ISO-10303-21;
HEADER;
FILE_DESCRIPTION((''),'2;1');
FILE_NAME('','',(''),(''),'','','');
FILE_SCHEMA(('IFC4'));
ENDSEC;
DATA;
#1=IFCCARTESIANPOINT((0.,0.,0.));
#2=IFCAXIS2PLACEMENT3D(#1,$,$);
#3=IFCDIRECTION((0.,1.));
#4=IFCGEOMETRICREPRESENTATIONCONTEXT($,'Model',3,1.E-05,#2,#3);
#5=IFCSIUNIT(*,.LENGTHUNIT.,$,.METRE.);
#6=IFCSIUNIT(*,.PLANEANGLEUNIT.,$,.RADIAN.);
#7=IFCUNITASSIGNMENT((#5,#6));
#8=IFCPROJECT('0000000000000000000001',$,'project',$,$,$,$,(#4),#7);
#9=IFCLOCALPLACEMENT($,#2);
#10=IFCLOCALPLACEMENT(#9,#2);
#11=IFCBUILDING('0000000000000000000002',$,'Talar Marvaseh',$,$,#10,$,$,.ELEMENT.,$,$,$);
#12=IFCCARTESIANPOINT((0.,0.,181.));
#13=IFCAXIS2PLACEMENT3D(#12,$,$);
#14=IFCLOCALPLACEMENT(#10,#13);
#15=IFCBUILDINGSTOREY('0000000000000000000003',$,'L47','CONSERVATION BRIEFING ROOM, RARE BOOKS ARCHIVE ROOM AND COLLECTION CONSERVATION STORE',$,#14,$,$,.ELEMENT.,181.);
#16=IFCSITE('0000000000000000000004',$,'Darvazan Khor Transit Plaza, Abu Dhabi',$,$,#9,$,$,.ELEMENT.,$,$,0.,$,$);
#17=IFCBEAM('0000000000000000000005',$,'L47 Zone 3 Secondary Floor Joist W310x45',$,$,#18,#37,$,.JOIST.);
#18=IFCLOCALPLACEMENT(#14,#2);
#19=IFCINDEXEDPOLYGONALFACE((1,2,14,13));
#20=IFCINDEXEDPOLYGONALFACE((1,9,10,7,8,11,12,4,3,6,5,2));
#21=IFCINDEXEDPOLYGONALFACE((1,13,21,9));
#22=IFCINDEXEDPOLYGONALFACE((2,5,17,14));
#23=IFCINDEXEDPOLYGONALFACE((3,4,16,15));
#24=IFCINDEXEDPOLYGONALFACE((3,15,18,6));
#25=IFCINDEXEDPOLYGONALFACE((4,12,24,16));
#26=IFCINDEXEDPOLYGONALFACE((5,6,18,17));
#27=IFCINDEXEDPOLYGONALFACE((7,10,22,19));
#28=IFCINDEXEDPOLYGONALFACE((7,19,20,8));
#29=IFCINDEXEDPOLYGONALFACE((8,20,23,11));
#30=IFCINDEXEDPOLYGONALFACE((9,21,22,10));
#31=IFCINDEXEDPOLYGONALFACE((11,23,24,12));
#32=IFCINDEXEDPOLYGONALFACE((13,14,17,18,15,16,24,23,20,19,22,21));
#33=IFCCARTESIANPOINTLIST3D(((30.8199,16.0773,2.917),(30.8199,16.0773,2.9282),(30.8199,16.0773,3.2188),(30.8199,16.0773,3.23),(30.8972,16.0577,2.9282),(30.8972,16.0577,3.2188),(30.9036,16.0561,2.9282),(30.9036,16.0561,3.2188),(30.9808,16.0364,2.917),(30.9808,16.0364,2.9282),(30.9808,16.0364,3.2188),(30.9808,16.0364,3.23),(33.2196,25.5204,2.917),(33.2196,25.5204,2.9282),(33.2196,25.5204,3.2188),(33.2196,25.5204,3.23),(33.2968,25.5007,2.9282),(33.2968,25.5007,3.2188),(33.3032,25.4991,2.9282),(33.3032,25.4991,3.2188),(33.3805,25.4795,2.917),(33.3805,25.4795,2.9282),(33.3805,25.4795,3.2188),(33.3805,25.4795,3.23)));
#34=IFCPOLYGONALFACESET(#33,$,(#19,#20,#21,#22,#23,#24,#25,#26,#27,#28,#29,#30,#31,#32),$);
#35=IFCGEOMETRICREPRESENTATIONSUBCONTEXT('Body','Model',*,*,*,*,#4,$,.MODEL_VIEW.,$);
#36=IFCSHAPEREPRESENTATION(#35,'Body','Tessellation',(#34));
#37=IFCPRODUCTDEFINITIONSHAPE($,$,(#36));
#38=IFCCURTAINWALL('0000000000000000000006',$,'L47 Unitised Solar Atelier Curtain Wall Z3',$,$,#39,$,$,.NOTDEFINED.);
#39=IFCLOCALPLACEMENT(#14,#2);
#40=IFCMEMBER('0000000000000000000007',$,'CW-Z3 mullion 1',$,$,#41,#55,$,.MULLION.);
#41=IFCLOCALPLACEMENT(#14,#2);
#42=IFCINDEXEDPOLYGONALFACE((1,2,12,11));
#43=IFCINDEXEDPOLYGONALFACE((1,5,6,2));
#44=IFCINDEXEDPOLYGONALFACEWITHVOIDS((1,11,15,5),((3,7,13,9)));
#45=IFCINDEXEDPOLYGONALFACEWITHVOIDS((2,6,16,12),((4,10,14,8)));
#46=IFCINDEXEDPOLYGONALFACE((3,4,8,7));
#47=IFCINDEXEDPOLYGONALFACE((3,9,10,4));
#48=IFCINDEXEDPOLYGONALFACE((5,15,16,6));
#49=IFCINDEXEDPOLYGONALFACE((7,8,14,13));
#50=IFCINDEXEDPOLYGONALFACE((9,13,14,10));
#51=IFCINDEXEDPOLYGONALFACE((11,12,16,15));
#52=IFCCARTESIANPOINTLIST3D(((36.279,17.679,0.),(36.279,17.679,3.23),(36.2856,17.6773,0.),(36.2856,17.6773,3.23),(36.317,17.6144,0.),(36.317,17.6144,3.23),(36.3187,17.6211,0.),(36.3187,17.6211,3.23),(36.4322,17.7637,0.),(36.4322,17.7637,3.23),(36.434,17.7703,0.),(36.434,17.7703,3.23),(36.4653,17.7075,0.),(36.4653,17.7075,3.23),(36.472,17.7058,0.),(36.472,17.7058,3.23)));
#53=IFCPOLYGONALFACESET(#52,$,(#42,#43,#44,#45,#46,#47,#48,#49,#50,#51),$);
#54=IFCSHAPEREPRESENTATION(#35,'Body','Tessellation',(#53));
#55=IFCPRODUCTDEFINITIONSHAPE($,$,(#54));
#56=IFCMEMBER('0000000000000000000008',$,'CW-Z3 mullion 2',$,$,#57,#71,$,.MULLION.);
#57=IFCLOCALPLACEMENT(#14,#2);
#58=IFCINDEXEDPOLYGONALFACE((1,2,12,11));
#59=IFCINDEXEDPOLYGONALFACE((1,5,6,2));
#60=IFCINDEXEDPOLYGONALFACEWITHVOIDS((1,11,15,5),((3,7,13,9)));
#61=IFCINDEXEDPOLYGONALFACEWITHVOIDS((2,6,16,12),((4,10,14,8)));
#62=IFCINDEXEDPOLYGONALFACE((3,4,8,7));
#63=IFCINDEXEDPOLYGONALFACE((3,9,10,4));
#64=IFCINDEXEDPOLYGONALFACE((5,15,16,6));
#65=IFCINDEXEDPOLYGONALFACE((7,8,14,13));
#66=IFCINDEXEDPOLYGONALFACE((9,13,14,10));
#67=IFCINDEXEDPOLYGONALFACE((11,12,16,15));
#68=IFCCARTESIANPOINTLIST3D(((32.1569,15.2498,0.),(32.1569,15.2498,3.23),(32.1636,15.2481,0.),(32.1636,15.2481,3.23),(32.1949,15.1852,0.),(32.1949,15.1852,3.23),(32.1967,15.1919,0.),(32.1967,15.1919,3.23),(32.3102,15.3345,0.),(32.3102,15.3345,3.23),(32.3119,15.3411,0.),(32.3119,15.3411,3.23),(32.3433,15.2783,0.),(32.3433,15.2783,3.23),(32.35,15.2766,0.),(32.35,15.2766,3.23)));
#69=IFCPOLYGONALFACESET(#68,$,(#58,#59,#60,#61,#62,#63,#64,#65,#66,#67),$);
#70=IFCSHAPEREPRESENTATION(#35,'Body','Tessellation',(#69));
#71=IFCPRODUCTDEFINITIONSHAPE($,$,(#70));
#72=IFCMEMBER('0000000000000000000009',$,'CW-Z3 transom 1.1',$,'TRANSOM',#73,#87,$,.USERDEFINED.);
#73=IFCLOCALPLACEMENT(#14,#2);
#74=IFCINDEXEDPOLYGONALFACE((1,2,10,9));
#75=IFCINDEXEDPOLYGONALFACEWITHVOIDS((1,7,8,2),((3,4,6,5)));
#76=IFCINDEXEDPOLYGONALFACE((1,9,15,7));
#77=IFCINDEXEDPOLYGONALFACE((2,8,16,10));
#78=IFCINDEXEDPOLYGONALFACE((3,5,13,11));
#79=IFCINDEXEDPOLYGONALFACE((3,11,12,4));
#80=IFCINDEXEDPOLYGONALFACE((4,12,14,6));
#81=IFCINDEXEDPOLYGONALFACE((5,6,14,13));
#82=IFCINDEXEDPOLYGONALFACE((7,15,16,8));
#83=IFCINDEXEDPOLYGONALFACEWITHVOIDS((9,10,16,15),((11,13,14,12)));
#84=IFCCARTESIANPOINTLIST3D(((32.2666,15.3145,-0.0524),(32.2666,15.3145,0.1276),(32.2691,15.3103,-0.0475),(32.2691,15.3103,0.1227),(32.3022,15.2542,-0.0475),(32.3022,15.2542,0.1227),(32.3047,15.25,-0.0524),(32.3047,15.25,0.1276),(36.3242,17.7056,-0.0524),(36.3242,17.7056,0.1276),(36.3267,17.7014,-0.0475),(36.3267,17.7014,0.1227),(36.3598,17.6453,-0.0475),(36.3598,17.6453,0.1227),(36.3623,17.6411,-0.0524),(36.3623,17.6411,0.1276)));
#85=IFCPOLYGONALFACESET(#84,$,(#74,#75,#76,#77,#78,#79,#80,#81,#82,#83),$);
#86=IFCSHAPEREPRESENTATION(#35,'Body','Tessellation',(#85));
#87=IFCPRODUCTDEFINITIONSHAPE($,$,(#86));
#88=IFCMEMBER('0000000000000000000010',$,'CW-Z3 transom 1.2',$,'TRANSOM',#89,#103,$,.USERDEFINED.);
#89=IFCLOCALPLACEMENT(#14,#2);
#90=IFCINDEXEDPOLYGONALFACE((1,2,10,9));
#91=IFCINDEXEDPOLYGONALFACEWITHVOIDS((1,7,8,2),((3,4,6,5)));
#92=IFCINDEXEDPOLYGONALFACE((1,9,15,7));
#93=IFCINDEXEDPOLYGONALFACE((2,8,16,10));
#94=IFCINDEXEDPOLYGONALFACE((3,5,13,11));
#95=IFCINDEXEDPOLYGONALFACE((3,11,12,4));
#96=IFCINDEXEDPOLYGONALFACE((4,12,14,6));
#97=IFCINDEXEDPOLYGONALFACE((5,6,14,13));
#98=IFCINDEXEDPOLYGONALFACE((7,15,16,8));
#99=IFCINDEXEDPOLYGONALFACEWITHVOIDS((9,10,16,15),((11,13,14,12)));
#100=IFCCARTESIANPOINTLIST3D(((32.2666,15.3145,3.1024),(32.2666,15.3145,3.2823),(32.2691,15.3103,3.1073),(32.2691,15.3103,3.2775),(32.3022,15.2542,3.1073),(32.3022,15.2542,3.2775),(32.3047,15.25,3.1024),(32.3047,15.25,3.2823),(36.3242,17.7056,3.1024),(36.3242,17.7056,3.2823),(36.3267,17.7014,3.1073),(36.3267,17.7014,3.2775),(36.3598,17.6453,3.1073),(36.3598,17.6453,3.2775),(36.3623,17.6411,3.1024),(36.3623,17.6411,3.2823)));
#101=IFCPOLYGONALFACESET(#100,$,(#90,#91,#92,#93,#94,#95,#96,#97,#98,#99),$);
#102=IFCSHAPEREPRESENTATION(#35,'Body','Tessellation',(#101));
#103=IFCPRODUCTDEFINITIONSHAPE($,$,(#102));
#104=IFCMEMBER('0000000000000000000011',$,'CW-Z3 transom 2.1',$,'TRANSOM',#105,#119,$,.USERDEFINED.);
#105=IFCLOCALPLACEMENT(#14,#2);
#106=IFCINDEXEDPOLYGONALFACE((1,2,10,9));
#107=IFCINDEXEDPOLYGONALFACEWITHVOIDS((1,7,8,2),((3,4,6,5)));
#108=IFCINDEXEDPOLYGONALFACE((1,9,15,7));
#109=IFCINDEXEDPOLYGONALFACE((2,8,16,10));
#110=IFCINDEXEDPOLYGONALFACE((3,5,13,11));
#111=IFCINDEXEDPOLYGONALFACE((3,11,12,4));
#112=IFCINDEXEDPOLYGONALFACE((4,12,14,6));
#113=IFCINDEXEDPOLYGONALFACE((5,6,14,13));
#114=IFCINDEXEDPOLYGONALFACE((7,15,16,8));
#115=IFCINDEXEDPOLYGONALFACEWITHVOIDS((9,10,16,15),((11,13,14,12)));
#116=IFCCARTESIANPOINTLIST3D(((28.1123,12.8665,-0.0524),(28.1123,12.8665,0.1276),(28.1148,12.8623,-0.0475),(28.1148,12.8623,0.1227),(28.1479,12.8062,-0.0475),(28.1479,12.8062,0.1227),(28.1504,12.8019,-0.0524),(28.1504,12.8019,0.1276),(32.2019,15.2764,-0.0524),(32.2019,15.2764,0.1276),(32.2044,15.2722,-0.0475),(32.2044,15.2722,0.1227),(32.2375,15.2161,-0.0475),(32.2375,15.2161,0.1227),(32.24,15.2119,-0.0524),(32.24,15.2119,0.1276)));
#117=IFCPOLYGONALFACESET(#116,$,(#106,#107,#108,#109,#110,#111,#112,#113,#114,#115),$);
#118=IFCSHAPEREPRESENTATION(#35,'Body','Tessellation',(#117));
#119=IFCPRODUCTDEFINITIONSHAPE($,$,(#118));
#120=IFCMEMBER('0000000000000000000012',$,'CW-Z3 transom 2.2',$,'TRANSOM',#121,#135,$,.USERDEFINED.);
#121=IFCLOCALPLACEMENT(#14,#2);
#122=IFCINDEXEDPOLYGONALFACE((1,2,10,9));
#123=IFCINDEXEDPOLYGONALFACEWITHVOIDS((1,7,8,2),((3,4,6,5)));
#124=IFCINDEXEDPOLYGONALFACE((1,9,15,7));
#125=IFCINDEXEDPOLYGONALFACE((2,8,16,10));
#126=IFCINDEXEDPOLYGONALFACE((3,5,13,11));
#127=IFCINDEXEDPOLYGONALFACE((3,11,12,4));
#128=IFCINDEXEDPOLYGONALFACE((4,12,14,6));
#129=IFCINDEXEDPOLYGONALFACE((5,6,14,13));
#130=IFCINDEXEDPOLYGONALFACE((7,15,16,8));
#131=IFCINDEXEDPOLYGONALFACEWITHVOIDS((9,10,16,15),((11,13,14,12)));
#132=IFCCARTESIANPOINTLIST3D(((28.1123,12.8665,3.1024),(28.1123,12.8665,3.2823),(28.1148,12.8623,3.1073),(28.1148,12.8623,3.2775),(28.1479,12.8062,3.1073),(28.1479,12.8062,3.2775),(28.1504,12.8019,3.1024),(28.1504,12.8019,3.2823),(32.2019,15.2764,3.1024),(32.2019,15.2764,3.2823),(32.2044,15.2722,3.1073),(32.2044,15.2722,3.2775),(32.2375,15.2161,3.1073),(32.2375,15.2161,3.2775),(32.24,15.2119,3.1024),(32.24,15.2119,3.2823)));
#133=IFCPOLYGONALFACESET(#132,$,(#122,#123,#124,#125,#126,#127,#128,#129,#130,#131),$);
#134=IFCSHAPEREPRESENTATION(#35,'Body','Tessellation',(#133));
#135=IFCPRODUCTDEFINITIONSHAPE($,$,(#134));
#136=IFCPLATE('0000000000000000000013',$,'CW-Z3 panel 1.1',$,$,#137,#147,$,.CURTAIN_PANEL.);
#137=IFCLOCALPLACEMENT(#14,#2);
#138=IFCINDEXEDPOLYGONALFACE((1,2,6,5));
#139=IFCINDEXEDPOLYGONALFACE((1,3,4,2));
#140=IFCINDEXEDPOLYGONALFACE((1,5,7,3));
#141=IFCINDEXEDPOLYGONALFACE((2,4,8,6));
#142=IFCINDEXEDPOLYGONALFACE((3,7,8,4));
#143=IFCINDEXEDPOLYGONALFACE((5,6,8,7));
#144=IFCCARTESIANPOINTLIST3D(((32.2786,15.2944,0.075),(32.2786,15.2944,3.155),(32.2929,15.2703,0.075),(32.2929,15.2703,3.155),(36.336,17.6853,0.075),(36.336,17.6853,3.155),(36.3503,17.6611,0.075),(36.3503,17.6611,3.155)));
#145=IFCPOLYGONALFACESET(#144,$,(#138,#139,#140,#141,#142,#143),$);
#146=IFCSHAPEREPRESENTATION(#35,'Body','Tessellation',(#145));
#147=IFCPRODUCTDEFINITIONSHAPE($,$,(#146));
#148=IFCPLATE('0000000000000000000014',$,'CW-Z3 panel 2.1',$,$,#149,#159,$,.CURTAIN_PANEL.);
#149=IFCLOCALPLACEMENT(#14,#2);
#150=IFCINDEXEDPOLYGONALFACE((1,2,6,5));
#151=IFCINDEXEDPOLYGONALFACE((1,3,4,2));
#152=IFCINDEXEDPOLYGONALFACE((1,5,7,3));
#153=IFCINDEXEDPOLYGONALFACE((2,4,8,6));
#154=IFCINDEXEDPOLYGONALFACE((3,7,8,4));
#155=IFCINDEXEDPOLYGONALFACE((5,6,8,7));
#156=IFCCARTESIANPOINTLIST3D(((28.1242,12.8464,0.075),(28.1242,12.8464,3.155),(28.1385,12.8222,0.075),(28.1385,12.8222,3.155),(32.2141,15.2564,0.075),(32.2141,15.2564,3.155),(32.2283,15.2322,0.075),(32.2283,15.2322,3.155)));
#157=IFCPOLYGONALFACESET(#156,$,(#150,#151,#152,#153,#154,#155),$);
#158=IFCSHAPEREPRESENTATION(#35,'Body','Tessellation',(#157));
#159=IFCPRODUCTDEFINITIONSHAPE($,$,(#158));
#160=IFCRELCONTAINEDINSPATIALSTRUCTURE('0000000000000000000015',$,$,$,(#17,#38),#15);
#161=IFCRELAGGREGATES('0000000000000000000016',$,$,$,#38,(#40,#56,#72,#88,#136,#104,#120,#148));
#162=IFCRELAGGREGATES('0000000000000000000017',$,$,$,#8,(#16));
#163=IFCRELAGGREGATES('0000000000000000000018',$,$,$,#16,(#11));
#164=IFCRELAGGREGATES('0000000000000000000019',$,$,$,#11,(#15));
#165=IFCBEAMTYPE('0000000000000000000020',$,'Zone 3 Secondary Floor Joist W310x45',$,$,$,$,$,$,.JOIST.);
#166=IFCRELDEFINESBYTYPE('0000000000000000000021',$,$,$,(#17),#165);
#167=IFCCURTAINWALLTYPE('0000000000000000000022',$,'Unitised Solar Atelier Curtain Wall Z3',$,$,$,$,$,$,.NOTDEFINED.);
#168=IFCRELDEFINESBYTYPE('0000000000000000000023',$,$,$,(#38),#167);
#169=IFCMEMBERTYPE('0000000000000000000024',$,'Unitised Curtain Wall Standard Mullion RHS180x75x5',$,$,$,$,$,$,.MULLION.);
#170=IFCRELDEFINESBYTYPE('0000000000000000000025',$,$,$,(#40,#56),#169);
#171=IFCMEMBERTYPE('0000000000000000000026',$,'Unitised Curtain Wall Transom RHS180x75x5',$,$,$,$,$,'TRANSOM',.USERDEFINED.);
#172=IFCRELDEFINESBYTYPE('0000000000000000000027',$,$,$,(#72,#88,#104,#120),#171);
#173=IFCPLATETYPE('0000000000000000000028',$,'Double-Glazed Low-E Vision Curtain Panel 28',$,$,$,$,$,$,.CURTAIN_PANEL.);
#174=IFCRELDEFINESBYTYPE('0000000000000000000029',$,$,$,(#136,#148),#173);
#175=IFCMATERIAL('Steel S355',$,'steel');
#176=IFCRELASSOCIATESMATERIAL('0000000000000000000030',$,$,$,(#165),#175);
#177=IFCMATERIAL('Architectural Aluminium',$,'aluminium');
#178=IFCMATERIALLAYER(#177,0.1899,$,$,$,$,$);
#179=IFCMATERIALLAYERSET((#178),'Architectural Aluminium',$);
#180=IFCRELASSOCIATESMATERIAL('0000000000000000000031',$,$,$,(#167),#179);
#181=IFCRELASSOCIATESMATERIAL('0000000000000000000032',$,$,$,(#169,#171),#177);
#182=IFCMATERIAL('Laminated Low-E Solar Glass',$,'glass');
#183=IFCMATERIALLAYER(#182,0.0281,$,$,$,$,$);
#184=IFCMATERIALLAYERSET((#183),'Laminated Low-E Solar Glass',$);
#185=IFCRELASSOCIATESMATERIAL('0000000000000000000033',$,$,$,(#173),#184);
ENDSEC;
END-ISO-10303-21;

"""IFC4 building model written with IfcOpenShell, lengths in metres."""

from ifc_helpers import new_model, si_unit, direction, frame, origin, origin_2d, place, context, subcontext, project, spatial, rectangle, hollow_rectangle, i_section, extrude, source, transform, mapped, material, layer, layer_set, material_profile, profile_set, type_object, type_shapes, element, aggregate, save


model = new_model("IFC4")

# Units and contexts
model_context = context("Model", 3, precision=1e-05, world=origin(), true_north=direction((0.0, 1.0)))
body_context = subcontext(model_context, "Body", "Model", "MODEL_VIEW")
ifc_project = project(units=[si_unit("LENGTHUNIT", "METRE"), si_unit("PLANEANGLEUNIT", "RADIAN")], contexts=[model_context])

# Site, building, storey
site_placement = place(None, origin())
site = spatial("IfcSite", under=ifc_project, at=site_placement, Name="Darvazan Khor Transit Plaza, Abu Dhabi", CompositionType="ELEMENT", RefElevation=0.0)
building_placement = place(site_placement, origin())
building = spatial("IfcBuilding", under=site, at=building_placement, Name="Talar Marvaseh", CompositionType="ELEMENT")
storey_placement = place(building_placement, frame((0.0, 0.0, 181.0)))
storey = spatial("IfcBuildingStorey", under=building, at=storey_placement, Name="L47", Description="CONSERVATION BRIEFING ROOM, RARE BOOKS ARCHIVE ROOM AND COLLECTION CONSERVATION STORE", CompositionType="ELEMENT", Elevation=181.0)

# Beam
ifc_material_1 = material(Name="Steel S355", Category="steel")
ifc_material_profile_1 = material_profile(ifc_material_1, i_section(OverallWidth=0.166, OverallDepth=0.313, WebThickness=0.0066, FlangeThickness=0.0112, at=origin_2d()), Name="W310x45")
ifc_profile_set_1 = profile_set([ifc_material_profile_1], Name="Steel S355")
beam_type = type_object("IfcBeamType", Name="Zone 3 Secondary Floor Joist W310x45", PredefinedType="JOIST", material=ifc_profile_set_1)
beam_placement = place(storey_placement, frame((30.9004, 16.0569, 3.0735), z_axis=(0.246289, 0.969196, 0.0), x_axis=(-0.969196, 0.246289, 0.0)))
element("IfcBeam", 1, at=beam_placement, inside=storey, type_object=beam_type, Name="L47 Zone 3 Secondary Floor Joist W310x45", PredefinedType="JOIST", context=body_context, shape_type="SweptSolid", body=[
    extrude(i_section(OverallWidth=0.166, OverallDepth=0.313, WebThickness=0.0066, FlangeThickness=0.0112, at=origin_2d()), origin(), (0.0, 0.0, 1.0), 9.7432),
])

# Curtain wall, members, plates
ifc_material_2 = material(Name="Architectural Aluminium", Category="aluminium")
ifc_layer_1 = layer(ifc_material_2, 0.1899)
ifc_layer_set_1 = layer_set([ifc_layer_1], Name="Architectural Aluminium")
curtain_wall_type = type_object("IfcCurtainWallType", Name="Unitised Solar Atelier Curtain Wall Z3", PredefinedType="NOTDEFINED", material=ifc_layer_set_1)
curtain_wall_placement = place(storey_placement, origin())
curtain_wall = element("IfcCurtainWall", 2, at=curtain_wall_placement, inside=storey, type_object=curtain_wall_type, Name="L47 Unitised Solar Atelier Curtain Wall Z3", PredefinedType="NOTDEFINED")
ifc_material_profile_2 = material_profile(ifc_material_2, hollow_rectangle(XDim=0.075, YDim=0.1799, WallThickness=0.0049, at=origin_2d()), Name="RHS180x75x5")
ifc_profile_set_2 = profile_set([ifc_material_profile_2], Name="Architectural Aluminium")
member_type_1 = type_object("IfcMemberType", Name="Unitised Curtain Wall Standard Mullion RHS180x75x5", PredefinedType="MULLION", material=ifc_profile_set_2)
shared_shape_1 = source(origin(), body_context, "Body", "SweptSolid", [
    extrude(hollow_rectangle(XDim=0.075, YDim=0.1799, WallThickness=0.0049, at=origin_2d()), origin(), (0.0, 0.0, 1.0), 3.23),
])
type_shapes(member_type_1, [shared_shape_1])
member_1_placement = place(storey_placement, frame((36.3755, 17.6924, 0.0), z_axis=(0.0, 0.0, 1.0), x_axis=(0.507674, -0.861549, 0.0)))
member_1 = element("IfcMember", 3, at=member_1_placement, type_object=member_type_1, Name="CW-Z3 mullion 1", PredefinedType="MULLION", context=body_context, shape_type="MappedRepresentation", body=[
    mapped(shared_shape_1, transform((0.0, 0.0, 0.0), x_axis=(1.0, 0.0, 0.0), y_axis=(0.0, 1.0, 0.0), z_axis=(0.0, 0.0, 1.0), scale=1.0)),
])
member_2_placement = place(storey_placement, frame((32.2534, 15.2632, 0.0), z_axis=(0.0, 0.0, 1.0), x_axis=(0.507674, -0.861549, 0.0)))
member_2 = element("IfcMember", 4, at=member_2_placement, type_object=member_type_1, Name="CW-Z3 mullion 2", PredefinedType="MULLION", context=body_context, shape_type="MappedRepresentation", body=[
    mapped(shared_shape_1, transform((0.0, 0.0, 0.0), x_axis=(1.0, 0.0, 0.0), y_axis=(0.0, 1.0, 0.0), z_axis=(0.0, 0.0, 1.0), scale=1.0)),
])
ifc_material_profile_3 = material_profile(ifc_material_2, hollow_rectangle(XDim=0.075, YDim=0.1799, WallThickness=0.0049, at=origin_2d()), Name="RHS180x75x5")
ifc_profile_set_3 = profile_set([ifc_material_profile_3], Name="Architectural Aluminium")
member_type_2 = type_object("IfcMemberType", Name="Unitised Curtain Wall Transom RHS180x75x5", ElementType="TRANSOM", PredefinedType="USERDEFINED", material=ifc_profile_set_3)
shared_shape_2 = source(origin(), body_context, "Body", "SweptSolid", [
    extrude(hollow_rectangle(XDim=0.075, YDim=0.1799, WallThickness=0.0049, at=origin_2d()), origin(), (0.0, 0.0, 1.0), 4.7097),
])
member_3_placement = place(storey_placement, frame((36.3433, 17.6733, 0.0376), z_axis=(-0.861537, -0.507695, 0.0), x_axis=(0.507695, -0.861537, 0.0)))
member_3 = element("IfcMember", 5, at=member_3_placement, type_object=member_type_2, Name="CW-Z3 transom 1.1", ObjectType="TRANSOM", PredefinedType="USERDEFINED", context=body_context, shape_type="MappedRepresentation", body=[
    mapped(shared_shape_2, transform((0.0, 0.0, 0.0), x_axis=(1.0, 0.0, 0.0), y_axis=(0.0, 1.0, 0.0), z_axis=(0.0, 0.0, 1.0), scale=1.0)),
])
member_4_placement = place(storey_placement, frame((36.3433, 17.6733, 3.1924), z_axis=(-0.861537, -0.507695, 0.0), x_axis=(0.507695, -0.861537, 0.0)))
member_4 = element("IfcMember", 6, at=member_4_placement, type_object=member_type_2, Name="CW-Z3 transom 1.2", ObjectType="TRANSOM", PredefinedType="USERDEFINED", context=body_context, shape_type="MappedRepresentation", body=[
    mapped(shared_shape_2, transform((0.0, 0.0, 0.0), x_axis=(1.0, 0.0, 0.0), y_axis=(0.0, 1.0, 0.0), z_axis=(0.0, 0.0, 1.0), scale=1.0)),
])
shared_shape_3 = source(origin(), body_context, "Body", "SweptSolid", [
    extrude(hollow_rectangle(XDim=0.075, YDim=0.1799, WallThickness=0.0049, at=origin_2d()), origin(), (0.0, 0.0, 1.0), 4.7468),
])
type_shapes(member_type_2, [shared_shape_2, shared_shape_3])
member_5_placement = place(storey_placement, frame((32.2209, 15.2441, 0.0376), z_axis=(-0.861541, -0.507688, 0.0), x_axis=(0.507688, -0.861541, 0.0)))
member_5 = element("IfcMember", 7, at=member_5_placement, type_object=member_type_2, Name="CW-Z3 transom 2.1", ObjectType="TRANSOM", PredefinedType="USERDEFINED", context=body_context, shape_type="MappedRepresentation", body=[
    mapped(shared_shape_3, transform((0.0, 0.0, 0.0), x_axis=(1.0, 0.0, 0.0), y_axis=(0.0, 1.0, 0.0), z_axis=(0.0, 0.0, 1.0), scale=1.0)),
])
member_6_placement = place(storey_placement, frame((32.2209, 15.2441, 3.1924), z_axis=(-0.861541, -0.507688, 0.0), x_axis=(0.507688, -0.861541, 0.0)))
member_6 = element("IfcMember", 8, at=member_6_placement, type_object=member_type_2, Name="CW-Z3 transom 2.2", ObjectType="TRANSOM", PredefinedType="USERDEFINED", context=body_context, shape_type="MappedRepresentation", body=[
    mapped(shared_shape_3, transform((0.0, 0.0, 0.0), x_axis=(1.0, 0.0, 0.0), y_axis=(0.0, 1.0, 0.0), z_axis=(0.0, 0.0, 1.0), scale=1.0)),
])
ifc_material_3 = material(Name="Laminated Low-E Solar Glass", Category="glass")
ifc_layer_2 = layer(ifc_material_3, 0.0281)
ifc_layer_set_2 = layer_set([ifc_layer_2], Name="Laminated Low-E Solar Glass")
plate_type = type_object("IfcPlateType", Name="Double-Glazed Low-E Vision Curtain Panel 28", PredefinedType="CURTAIN_PANEL", material=ifc_layer_set_2)
shared_shape_4 = source(origin(), body_context, "Body", "SweptSolid", [
    extrude(rectangle(XDim=4.7095, YDim=0.0281, at=origin_2d()), origin(), (0.0, 0.0, 1.0), 3.0801),
])
plate_1_placement = place(storey_placement, frame((34.3145, 16.4778, 0.075), z_axis=(0.0, 0.0, 1.0), x_axis=(-0.861549, -0.507674, 0.0)))
plate_1 = element("IfcPlate", 9, at=plate_1_placement, type_object=plate_type, Name="CW-Z3 panel 1.1", PredefinedType="CURTAIN_PANEL", context=body_context, shape_type="MappedRepresentation", body=[
    mapped(shared_shape_4, transform((0.0, 0.0, 0.0), x_axis=(1.0, 0.0, 0.0), y_axis=(0.0, 1.0, 0.0), z_axis=(0.0, 0.0, 1.0), scale=1.0)),
])
shared_shape_5 = source(origin(), body_context, "Body", "SweptSolid", [
    extrude(rectangle(XDim=4.7471, YDim=0.0281, at=origin_2d()), origin(), (0.0, 0.0, 1.0), 3.0801),
])
type_shapes(plate_type, [shared_shape_4, shared_shape_5])
plate_2_placement = place(storey_placement, frame((30.1763, 14.0393, 0.075), z_axis=(0.0, 0.0, 1.0), x_axis=(-0.861549, -0.507674, 0.0)))
plate_2 = element("IfcPlate", 10, at=plate_2_placement, type_object=plate_type, Name="CW-Z3 panel 2.1", PredefinedType="CURTAIN_PANEL", context=body_context, shape_type="MappedRepresentation", body=[
    mapped(shared_shape_5, transform((0.0, 0.0, 0.0), x_axis=(1.0, 0.0, 0.0), y_axis=(0.0, 1.0, 0.0), z_axis=(0.0, 0.0, 1.0), scale=1.0)),
])
aggregate(curtain_wall, [member_1, member_2, member_3, member_4, plate_1, member_5, member_6, plate_2])

save(model, "model.ifc")
